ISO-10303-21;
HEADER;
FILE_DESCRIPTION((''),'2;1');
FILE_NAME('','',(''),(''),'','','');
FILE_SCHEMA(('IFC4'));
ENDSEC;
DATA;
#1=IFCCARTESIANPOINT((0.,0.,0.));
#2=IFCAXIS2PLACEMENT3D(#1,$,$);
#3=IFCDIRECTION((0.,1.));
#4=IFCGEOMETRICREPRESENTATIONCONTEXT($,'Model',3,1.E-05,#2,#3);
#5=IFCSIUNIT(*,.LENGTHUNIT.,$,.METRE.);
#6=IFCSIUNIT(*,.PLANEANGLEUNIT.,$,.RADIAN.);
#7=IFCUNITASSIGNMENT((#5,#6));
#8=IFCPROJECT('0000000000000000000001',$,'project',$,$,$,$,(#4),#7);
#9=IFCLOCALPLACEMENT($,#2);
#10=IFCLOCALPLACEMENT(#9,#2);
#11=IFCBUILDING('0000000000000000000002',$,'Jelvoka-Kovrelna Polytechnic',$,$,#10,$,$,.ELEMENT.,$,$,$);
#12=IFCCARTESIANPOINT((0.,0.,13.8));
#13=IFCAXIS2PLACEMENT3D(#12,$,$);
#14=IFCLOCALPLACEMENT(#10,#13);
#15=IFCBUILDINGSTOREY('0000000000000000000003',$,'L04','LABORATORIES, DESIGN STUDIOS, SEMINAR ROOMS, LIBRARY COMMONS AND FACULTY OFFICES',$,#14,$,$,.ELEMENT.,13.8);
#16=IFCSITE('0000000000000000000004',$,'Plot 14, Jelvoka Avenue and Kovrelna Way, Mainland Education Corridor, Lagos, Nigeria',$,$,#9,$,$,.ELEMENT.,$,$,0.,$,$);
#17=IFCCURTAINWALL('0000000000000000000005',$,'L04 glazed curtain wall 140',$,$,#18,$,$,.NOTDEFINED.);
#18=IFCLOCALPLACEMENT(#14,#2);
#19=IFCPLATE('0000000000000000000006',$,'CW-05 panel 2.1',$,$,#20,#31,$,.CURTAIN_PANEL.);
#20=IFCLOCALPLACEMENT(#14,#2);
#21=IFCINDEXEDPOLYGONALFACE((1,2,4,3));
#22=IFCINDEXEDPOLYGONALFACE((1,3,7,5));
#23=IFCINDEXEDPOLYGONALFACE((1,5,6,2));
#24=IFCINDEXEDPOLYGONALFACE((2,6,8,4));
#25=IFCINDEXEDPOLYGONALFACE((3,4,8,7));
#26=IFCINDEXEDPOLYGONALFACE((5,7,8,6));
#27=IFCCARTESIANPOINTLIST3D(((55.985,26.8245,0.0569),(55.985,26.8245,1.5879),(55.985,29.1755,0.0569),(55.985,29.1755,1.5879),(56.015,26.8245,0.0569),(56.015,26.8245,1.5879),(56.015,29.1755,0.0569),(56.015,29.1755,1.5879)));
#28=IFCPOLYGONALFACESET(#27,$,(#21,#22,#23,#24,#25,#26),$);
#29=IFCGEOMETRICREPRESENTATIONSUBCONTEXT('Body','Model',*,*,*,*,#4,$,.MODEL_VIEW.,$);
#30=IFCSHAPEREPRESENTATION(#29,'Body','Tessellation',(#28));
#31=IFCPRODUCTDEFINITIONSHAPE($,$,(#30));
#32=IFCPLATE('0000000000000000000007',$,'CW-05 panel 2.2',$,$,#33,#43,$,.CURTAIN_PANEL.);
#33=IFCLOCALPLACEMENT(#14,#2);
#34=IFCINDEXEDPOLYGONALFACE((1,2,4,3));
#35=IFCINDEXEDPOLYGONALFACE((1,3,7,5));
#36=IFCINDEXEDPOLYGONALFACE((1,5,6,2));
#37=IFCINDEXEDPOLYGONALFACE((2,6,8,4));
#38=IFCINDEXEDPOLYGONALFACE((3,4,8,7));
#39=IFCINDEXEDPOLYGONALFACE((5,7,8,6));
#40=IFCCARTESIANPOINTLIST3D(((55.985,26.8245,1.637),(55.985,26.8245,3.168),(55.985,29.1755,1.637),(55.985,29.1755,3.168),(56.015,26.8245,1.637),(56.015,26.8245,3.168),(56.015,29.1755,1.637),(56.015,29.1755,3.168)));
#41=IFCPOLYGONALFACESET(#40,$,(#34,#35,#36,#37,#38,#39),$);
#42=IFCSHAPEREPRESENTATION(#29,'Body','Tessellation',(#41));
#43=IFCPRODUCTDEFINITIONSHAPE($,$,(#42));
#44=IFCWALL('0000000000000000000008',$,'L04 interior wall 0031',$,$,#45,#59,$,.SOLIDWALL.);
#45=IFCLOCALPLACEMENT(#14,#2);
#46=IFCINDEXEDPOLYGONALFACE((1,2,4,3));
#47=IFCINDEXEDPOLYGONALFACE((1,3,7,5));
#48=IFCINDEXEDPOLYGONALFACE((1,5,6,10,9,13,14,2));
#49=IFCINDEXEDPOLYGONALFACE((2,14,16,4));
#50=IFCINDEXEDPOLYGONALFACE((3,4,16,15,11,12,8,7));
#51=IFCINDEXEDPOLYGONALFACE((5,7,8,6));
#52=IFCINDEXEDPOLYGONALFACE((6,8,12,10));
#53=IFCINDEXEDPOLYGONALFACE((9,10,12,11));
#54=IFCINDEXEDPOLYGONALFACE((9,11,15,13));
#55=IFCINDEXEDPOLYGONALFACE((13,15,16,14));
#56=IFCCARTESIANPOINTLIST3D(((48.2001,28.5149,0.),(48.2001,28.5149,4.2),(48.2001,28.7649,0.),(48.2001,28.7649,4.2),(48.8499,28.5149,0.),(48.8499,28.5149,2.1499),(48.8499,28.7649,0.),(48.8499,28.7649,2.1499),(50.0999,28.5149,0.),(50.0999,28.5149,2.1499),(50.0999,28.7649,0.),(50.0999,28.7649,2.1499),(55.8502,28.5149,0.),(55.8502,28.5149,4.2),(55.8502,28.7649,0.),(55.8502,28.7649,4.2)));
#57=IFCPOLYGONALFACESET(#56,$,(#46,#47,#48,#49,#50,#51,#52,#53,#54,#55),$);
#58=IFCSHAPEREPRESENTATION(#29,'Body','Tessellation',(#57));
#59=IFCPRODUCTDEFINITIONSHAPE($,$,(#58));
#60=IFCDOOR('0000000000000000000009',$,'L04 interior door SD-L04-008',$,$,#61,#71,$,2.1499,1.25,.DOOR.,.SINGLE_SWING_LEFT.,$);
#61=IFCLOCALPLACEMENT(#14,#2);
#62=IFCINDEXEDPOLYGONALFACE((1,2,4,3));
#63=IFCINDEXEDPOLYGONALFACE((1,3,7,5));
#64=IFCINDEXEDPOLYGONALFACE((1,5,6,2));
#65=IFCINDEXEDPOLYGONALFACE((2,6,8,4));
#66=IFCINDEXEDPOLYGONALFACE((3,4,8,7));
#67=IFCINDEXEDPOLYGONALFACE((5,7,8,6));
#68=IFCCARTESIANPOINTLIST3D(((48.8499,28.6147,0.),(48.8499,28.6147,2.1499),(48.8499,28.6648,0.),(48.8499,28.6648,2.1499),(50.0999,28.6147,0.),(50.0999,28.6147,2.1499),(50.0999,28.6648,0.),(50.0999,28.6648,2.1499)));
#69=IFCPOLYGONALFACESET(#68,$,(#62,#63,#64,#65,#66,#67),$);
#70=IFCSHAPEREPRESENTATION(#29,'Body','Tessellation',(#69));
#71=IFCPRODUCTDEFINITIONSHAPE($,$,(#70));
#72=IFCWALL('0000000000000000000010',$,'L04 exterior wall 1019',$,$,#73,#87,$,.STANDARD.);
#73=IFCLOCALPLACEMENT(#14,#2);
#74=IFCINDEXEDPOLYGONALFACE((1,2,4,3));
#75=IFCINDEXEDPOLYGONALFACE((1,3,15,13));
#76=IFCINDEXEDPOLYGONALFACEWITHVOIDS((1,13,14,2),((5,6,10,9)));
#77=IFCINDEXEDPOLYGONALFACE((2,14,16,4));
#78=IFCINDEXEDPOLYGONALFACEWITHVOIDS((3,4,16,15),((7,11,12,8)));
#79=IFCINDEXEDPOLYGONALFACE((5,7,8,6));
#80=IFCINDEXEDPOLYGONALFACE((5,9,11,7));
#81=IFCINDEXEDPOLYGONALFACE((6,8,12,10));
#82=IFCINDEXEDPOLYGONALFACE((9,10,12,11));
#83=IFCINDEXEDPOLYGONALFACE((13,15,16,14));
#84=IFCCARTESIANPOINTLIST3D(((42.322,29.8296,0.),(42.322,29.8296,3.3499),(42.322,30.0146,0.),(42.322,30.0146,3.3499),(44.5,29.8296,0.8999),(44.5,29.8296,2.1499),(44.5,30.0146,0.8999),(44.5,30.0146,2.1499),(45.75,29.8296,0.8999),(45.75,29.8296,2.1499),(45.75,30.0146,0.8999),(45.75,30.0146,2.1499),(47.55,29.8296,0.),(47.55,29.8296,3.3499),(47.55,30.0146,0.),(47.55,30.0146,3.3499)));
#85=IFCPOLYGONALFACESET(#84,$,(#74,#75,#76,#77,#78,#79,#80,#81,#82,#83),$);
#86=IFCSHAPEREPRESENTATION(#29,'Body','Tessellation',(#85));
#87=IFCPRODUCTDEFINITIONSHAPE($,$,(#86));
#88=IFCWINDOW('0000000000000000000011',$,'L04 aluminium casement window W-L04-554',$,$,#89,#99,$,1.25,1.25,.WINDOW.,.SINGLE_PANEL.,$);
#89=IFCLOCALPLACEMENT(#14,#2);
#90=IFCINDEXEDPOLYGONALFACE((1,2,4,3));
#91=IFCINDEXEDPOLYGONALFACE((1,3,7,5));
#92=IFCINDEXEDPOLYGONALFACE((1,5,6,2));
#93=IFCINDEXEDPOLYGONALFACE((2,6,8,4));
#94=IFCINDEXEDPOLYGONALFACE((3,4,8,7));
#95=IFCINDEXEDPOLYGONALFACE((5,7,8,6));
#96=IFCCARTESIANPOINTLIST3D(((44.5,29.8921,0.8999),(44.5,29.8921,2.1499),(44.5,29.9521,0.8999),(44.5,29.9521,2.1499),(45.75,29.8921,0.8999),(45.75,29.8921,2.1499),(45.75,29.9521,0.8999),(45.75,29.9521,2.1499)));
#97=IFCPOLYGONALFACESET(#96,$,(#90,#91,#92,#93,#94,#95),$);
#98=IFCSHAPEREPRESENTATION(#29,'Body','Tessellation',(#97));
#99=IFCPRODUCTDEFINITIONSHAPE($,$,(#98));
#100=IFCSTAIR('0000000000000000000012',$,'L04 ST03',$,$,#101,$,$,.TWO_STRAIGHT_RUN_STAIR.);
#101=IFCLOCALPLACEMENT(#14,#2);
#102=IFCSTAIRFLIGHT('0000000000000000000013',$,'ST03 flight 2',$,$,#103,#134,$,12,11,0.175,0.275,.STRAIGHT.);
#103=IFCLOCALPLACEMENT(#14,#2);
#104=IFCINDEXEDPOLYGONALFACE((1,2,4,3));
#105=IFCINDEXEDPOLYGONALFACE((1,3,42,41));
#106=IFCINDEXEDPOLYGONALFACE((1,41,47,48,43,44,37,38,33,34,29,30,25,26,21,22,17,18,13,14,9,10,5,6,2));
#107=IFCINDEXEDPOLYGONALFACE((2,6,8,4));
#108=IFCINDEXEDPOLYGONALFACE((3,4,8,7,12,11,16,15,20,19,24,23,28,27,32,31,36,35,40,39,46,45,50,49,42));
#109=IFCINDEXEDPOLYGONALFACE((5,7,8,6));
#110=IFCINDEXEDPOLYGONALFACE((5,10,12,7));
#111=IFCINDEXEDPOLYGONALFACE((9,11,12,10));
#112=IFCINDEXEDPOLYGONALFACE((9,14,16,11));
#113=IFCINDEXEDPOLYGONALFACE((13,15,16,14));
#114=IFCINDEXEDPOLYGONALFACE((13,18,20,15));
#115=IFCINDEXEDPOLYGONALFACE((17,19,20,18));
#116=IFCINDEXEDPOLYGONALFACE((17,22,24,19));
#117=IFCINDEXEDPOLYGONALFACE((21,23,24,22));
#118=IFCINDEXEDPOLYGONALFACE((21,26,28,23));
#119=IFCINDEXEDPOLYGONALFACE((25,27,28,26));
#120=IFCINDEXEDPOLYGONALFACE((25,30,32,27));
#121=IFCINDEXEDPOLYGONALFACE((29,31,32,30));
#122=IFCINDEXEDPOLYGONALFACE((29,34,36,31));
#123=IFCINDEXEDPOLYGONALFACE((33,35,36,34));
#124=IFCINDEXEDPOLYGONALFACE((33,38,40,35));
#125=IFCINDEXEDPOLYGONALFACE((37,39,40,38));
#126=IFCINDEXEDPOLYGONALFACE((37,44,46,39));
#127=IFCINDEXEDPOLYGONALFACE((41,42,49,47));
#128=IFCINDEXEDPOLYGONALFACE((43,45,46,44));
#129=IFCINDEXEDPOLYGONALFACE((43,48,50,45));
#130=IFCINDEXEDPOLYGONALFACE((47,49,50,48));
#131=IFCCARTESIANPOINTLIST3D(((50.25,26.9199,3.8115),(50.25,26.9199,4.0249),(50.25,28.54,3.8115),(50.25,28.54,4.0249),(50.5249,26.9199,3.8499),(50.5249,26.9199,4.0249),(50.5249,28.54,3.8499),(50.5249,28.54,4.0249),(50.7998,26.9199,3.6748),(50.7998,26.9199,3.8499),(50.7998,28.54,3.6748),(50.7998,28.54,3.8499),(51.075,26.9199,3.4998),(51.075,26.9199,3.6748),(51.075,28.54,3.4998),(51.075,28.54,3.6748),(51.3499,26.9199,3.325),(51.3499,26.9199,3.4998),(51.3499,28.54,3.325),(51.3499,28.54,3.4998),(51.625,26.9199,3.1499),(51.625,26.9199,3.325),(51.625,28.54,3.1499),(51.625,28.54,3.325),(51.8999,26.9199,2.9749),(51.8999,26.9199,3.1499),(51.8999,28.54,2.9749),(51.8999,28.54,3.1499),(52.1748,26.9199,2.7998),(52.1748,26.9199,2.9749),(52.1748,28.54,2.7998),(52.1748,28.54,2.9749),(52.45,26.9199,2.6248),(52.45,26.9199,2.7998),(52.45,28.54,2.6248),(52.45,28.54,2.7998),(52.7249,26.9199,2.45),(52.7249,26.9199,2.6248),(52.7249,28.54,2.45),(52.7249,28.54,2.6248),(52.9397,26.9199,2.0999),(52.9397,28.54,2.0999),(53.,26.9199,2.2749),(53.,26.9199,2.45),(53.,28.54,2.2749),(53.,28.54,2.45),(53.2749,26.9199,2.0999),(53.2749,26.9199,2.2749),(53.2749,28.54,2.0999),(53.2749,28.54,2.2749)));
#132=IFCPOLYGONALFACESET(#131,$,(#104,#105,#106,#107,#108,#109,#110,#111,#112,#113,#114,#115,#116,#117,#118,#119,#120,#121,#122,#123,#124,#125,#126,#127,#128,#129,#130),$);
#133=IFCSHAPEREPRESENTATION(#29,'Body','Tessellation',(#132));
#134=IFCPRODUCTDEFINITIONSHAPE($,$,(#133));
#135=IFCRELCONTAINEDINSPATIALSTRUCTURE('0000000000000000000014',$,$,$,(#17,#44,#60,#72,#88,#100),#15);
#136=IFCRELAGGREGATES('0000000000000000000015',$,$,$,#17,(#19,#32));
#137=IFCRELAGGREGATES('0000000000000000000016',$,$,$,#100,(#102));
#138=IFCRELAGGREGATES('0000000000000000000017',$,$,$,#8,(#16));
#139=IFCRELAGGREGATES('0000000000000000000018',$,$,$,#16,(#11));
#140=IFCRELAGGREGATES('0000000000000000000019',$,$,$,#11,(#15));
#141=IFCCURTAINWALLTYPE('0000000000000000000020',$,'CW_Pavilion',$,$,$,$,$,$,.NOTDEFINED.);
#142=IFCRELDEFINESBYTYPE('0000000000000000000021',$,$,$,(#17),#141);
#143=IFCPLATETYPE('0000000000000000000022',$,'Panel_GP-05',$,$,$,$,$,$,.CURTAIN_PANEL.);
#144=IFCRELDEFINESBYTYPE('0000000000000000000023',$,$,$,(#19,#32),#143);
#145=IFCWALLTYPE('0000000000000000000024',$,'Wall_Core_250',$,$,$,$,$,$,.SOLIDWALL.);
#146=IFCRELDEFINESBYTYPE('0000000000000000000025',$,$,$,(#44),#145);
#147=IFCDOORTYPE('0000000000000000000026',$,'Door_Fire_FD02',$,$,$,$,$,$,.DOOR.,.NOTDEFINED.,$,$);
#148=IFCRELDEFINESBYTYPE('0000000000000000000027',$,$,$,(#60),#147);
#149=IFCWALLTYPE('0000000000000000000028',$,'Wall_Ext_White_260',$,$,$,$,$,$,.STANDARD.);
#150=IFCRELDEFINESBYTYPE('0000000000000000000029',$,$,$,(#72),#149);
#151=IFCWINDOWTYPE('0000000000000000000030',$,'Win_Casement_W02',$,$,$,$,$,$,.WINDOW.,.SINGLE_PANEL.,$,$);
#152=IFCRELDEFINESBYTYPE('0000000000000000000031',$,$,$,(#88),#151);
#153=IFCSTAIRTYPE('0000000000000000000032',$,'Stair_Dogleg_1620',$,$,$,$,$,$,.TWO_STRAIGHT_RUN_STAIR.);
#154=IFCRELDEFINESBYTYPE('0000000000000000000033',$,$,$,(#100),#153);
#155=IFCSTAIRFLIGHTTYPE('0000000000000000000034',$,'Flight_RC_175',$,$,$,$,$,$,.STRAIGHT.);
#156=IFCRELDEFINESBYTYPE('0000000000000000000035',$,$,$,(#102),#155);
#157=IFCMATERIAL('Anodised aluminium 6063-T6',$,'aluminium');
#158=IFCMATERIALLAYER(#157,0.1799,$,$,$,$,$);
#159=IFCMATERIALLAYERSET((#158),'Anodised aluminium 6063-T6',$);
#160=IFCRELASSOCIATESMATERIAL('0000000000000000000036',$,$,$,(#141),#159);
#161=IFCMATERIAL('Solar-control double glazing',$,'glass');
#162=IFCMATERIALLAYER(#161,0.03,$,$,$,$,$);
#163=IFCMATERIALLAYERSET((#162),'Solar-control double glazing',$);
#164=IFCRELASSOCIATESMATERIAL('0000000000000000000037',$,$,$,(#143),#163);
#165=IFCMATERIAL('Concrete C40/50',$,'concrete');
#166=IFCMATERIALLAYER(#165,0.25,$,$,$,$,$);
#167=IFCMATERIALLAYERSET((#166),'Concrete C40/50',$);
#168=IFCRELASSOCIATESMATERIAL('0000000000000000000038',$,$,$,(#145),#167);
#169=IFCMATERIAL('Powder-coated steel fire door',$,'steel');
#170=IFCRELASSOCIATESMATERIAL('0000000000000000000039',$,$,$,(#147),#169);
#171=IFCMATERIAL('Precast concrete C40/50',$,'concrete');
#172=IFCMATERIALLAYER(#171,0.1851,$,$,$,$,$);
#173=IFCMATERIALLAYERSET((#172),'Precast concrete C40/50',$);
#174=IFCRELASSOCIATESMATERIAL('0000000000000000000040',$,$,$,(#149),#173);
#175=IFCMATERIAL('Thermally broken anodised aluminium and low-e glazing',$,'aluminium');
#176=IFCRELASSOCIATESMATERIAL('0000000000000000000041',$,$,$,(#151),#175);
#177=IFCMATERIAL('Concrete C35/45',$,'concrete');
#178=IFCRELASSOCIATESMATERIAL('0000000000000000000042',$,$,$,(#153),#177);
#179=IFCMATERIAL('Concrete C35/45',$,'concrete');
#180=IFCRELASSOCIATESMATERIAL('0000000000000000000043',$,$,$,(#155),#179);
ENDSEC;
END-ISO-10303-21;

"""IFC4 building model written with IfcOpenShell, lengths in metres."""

from ifc_helpers import new_model, si_unit, direction, frame, frame_2d, origin, origin_2d, place, context, subcontext, project, spatial, polyline, rectangle, outline, extrude, material, layer, layer_set, type_object, element, fill, aggregate, save


model = new_model("IFC4")

# Units and contexts
model_context = context("Model", 3, precision=1e-05, world=origin(), true_north=direction((0.0, 1.0)))
body_context = subcontext(model_context, "Body", "Model", "MODEL_VIEW")
ifc_project = project(units=[si_unit("LENGTHUNIT", "METRE"), si_unit("PLANEANGLEUNIT", "RADIAN")], contexts=[model_context])

# Site, building, storey
site_placement = place(None, origin())
site = spatial("IfcSite", under=ifc_project, at=site_placement, Name="Plot 14, Jelvoka Avenue and Kovrelna Way, Mainland Education Corridor, Lagos, Nigeria", CompositionType="ELEMENT", RefElevation=0.0)
building_placement = place(site_placement, origin())
building = spatial("IfcBuilding", under=site, at=building_placement, Name="Jelvoka-Kovrelna Polytechnic", CompositionType="ELEMENT")
storey_placement = place(building_placement, frame((0.0, 0.0, 13.8)))
storey = spatial("IfcBuildingStorey", under=building, at=storey_placement, Name="L04", Description="LABORATORIES, DESIGN STUDIOS, SEMINAR ROOMS, LIBRARY COMMONS AND FACULTY OFFICES", CompositionType="ELEMENT", Elevation=13.8)

# Curtain wall, plates
ifc_material_1 = material(Name="Anodised aluminium 6063-T6", Category="aluminium")
ifc_layer_1 = layer(ifc_material_1, 0.1799)
ifc_layer_set_1 = layer_set([ifc_layer_1], Name="Anodised aluminium 6063-T6")
curtain_wall_type = type_object("IfcCurtainWallType", Name="CW_Pavilion", PredefinedType="NOTDEFINED", material=ifc_layer_set_1)
curtain_wall_placement = place(storey_placement, origin())
curtain_wall = element("IfcCurtainWall", 1, at=curtain_wall_placement, inside=storey, type_object=curtain_wall_type, Name="L04 glazed curtain wall 140", PredefinedType="NOTDEFINED")
ifc_material_2 = material(Name="Solar-control double glazing", Category="glass")
ifc_layer_2 = layer(ifc_material_2, 0.03)
ifc_layer_set_2 = layer_set([ifc_layer_2], Name="Solar-control double glazing")
plate_type = type_object("IfcPlateType", Name="Panel_GP-05", PredefinedType="CURTAIN_PANEL", material=ifc_layer_set_2)
plate_1_placement = place(storey_placement, frame((56.0, 28.0, 0.0569), z_axis=(0.0, 0.0, 1.0), x_axis=(0.0, -1.0, 0.0)))
plate_1 = element("IfcPlate", 2, at=plate_1_placement, type_object=plate_type, Name="CW-05 panel 2.1", PredefinedType="CURTAIN_PANEL", context=body_context, shape_type="SweptSolid", body=[
    extrude(rectangle(XDim=2.3511, YDim=0.03, at=origin_2d()), origin(), (0.0, 0.0, 1.0), 1.531),
])
plate_2_placement = place(storey_placement, frame((56.0, 28.0, 1.637), z_axis=(0.0, 0.0, 1.0), x_axis=(0.0, -1.0, 0.0)))
plate_2 = element("IfcPlate", 3, at=plate_2_placement, type_object=plate_type, Name="CW-05 panel 2.2", PredefinedType="CURTAIN_PANEL", context=body_context, shape_type="SweptSolid", body=[
    extrude(rectangle(XDim=2.3511, YDim=0.03, at=origin_2d()), origin(), (0.0, 0.0, 1.0), 1.531),
])
aggregate(curtain_wall, [plate_1, plate_2])

# Wall, opening, door
ifc_material_3 = material(Name="Concrete C40/50", Category="concrete")
ifc_layer_3 = layer(ifc_material_3, 0.25)
ifc_layer_set_3 = layer_set([ifc_layer_3], Name="Concrete C40/50")
wall_type_1 = type_object("IfcWallType", Name="Wall_Core_250", PredefinedType="SOLIDWALL", material=ifc_layer_set_3)
wall_1_placement = place(storey_placement, frame((48.2, 28.6399, 0.0), z_axis=(0.0, 0.0, 1.0), x_axis=(1.0, 0.0, 0.0)))
wall_1 = element("IfcWall", 4, at=wall_1_placement, inside=storey, type_object=wall_type_1, Name="L04 interior wall 0031", PredefinedType="SOLIDWALL", context=body_context, shape_type="SweptSolid", body=[
    extrude(rectangle(XDim=7.6501, YDim=0.25, at=frame_2d((3.8252, 0.0))), origin(), (0.0, 0.0, 1.0), 4.2),
])
opening_1_placement = place(wall_1_placement, frame((0.6499, 0.0, 0.0)))
opening_1 = element("IfcOpeningElement", 5, at=opening_1_placement, cuts=wall_1, PredefinedType="OPENING", context=body_context, shape_type="SweptSolid", body=[
    extrude(rectangle(XDim=1.25, YDim=2.1499, at=frame_2d((0.625, 1.075))), frame((0.0, 0.135, 0.0), z_axis=(0.0, -1.0, 0.0), x_axis=(1.0, 0.0, 0.0)), (0.0, 0.0, 1.0), 0.27),
])
ifc_material_4 = material(Name="Powder-coated steel fire door", Category="steel")
door_type = type_object("IfcDoorType", Name="Door_Fire_FD02", OperationType="NOTDEFINED", PredefinedType="DOOR", material=ifc_material_4)
door_placement = place(opening_1_placement, origin())
door = element("IfcDoor", 6, at=door_placement, inside=storey, type_object=door_type, Name="L04 interior door SD-L04-008", OperationType="SINGLE_SWING_LEFT", OverallHeight=2.1499, OverallWidth=1.25, PredefinedType="DOOR", context=body_context, shape_type="SweptSolid", body=[
    extrude(rectangle(XDim=1.25, YDim=2.1499, at=frame_2d((0.625, 1.075))), frame((0.0, 0.0249, 0.0), z_axis=(0.0, -1.0, 0.0), x_axis=(1.0, 0.0, 0.0)), (0.0, 0.0, 1.0), 0.05),
])
fill(opening_1, door)

# Wall, opening, window
ifc_material_5 = material(Name="Precast concrete C40/50", Category="concrete")
ifc_layer_4 = layer(ifc_material_5, 0.1851)
ifc_layer_set_4 = layer_set([ifc_layer_4], Name="Precast concrete C40/50")
wall_type_2 = type_object("IfcWallType", Name="Wall_Ext_White_260", PredefinedType="STANDARD", material=ifc_layer_set_4)
wall_2_placement = place(storey_placement, frame((47.55, 29.9221, 0.0), z_axis=(0.0, 0.0, 1.0), x_axis=(-1.0, 0.0, 0.0)))
wall_2 = element("IfcWall", 7, at=wall_2_placement, inside=storey, type_object=wall_type_2, Name="L04 exterior wall 1019", PredefinedType="STANDARD", context=body_context, shape_type="SweptSolid", body=[
    extrude(rectangle(XDim=5.228, YDim=0.1851, at=frame_2d((2.614, 0.0))), origin(), (0.0, 0.0, 1.0), 3.3499),
])
opening_2_placement = place(wall_2_placement, frame((1.8, 0.0, 0.8999)))
opening_2 = element("IfcOpeningElement", 8, at=opening_2_placement, cuts=wall_2, PredefinedType="OPENING", context=body_context, shape_type="SweptSolid", body=[
    extrude(rectangle(XDim=1.25, YDim=1.25, at=frame_2d((0.625, 0.625))), frame((0.0, 0.1025, 0.0), z_axis=(0.0, -1.0, 0.0), x_axis=(1.0, 0.0, 0.0)), (0.0, 0.0, 1.0), 0.2051),
])
ifc_material_6 = material(Name="Thermally broken anodised aluminium and low-e glazing", Category="aluminium")
window_type = type_object("IfcWindowType", Name="Win_Casement_W02", PartitioningType="SINGLE_PANEL", PredefinedType="WINDOW", material=ifc_material_6)
window_placement = place(opening_2_placement, origin())
window = element("IfcWindow", 9, at=window_placement, inside=storey, type_object=window_type, Name="L04 aluminium casement window W-L04-554", OverallHeight=1.25, OverallWidth=1.25, PartitioningType="SINGLE_PANEL", PredefinedType="WINDOW", context=body_context, shape_type="SweptSolid", body=[
    extrude(rectangle(XDim=1.25, YDim=1.25, at=frame_2d((0.625, 0.625))), frame((0.0, 0.03, 0.0), z_axis=(0.0, -1.0, 0.0), x_axis=(1.0, 0.0, 0.0)), (0.0, 0.0, 1.0), 0.0601),
])
fill(opening_2, window)

# Stair, stair flight
ifc_material_7 = material(Name="Concrete C35/45", Category="concrete")
stair_type = type_object("IfcStairType", Name="Stair_Dogleg_1620", PredefinedType="TWO_STRAIGHT_RUN_STAIR", material=ifc_material_7)
stair_placement = place(storey_placement, origin())
stair = element("IfcStair", 10, at=stair_placement, inside=storey, type_object=stair_type, Name="L04 ST03", PredefinedType="TWO_STRAIGHT_RUN_STAIR")
ifc_material_8 = material(Name="Concrete C35/45", Category="concrete")
stair_flight_type = type_object("IfcStairFlightType", Name="Flight_RC_175", PredefinedType="STRAIGHT", material=ifc_material_8)
stair_flight_placement = place(storey_placement, frame((53.2749, 27.73, 2.0999), z_axis=(0.0, 0.0, 1.0), x_axis=(-1.0, 0.0, 0.0)))
stair_flight = element("IfcStairFlight", 11, at=stair_flight_placement, type_object=stair_flight_type, Name="ST03 flight 2", NumberOfRisers=12, NumberOfTreads=11, PredefinedType="STRAIGHT", RiserHeight=0.175, TreadLength=0.275, context=body_context, shape_type="SweptSolid", body=[
    extrude(outline(polyline([(0.0, 0.0), (0.0, 0.175), (0.2749, 0.175), (0.2749, 0.3501), (0.55, 0.3501), (0.55, 0.5249), (0.825, 0.5249), (0.825, 0.7), (1.1001, 0.7), (1.1001, 0.875), (1.375, 0.875), (1.375, 1.05), (1.6499, 1.05), (1.6499, 1.2251), (1.925, 1.2251), (1.925, 1.3999), (2.2, 1.3999), (2.2, 1.575), (2.4751, 1.575), (2.4751, 1.75), (2.75, 1.75), (2.75, 1.925), (3.0249, 1.925), (3.0249, 2.1001), (3.0249, 1.7117), (0.3352, 0.0), (0.0, 0.0)])), frame((0.0, 0.8101, 0.0), z_axis=(0.0, -1.0, 0.0), x_axis=(1.0, 0.0, 0.0)), (0.0, 0.0, 1.0), 1.6201),
])
aggregate(stair, [stair_flight])

save(model, "model.ifc")
